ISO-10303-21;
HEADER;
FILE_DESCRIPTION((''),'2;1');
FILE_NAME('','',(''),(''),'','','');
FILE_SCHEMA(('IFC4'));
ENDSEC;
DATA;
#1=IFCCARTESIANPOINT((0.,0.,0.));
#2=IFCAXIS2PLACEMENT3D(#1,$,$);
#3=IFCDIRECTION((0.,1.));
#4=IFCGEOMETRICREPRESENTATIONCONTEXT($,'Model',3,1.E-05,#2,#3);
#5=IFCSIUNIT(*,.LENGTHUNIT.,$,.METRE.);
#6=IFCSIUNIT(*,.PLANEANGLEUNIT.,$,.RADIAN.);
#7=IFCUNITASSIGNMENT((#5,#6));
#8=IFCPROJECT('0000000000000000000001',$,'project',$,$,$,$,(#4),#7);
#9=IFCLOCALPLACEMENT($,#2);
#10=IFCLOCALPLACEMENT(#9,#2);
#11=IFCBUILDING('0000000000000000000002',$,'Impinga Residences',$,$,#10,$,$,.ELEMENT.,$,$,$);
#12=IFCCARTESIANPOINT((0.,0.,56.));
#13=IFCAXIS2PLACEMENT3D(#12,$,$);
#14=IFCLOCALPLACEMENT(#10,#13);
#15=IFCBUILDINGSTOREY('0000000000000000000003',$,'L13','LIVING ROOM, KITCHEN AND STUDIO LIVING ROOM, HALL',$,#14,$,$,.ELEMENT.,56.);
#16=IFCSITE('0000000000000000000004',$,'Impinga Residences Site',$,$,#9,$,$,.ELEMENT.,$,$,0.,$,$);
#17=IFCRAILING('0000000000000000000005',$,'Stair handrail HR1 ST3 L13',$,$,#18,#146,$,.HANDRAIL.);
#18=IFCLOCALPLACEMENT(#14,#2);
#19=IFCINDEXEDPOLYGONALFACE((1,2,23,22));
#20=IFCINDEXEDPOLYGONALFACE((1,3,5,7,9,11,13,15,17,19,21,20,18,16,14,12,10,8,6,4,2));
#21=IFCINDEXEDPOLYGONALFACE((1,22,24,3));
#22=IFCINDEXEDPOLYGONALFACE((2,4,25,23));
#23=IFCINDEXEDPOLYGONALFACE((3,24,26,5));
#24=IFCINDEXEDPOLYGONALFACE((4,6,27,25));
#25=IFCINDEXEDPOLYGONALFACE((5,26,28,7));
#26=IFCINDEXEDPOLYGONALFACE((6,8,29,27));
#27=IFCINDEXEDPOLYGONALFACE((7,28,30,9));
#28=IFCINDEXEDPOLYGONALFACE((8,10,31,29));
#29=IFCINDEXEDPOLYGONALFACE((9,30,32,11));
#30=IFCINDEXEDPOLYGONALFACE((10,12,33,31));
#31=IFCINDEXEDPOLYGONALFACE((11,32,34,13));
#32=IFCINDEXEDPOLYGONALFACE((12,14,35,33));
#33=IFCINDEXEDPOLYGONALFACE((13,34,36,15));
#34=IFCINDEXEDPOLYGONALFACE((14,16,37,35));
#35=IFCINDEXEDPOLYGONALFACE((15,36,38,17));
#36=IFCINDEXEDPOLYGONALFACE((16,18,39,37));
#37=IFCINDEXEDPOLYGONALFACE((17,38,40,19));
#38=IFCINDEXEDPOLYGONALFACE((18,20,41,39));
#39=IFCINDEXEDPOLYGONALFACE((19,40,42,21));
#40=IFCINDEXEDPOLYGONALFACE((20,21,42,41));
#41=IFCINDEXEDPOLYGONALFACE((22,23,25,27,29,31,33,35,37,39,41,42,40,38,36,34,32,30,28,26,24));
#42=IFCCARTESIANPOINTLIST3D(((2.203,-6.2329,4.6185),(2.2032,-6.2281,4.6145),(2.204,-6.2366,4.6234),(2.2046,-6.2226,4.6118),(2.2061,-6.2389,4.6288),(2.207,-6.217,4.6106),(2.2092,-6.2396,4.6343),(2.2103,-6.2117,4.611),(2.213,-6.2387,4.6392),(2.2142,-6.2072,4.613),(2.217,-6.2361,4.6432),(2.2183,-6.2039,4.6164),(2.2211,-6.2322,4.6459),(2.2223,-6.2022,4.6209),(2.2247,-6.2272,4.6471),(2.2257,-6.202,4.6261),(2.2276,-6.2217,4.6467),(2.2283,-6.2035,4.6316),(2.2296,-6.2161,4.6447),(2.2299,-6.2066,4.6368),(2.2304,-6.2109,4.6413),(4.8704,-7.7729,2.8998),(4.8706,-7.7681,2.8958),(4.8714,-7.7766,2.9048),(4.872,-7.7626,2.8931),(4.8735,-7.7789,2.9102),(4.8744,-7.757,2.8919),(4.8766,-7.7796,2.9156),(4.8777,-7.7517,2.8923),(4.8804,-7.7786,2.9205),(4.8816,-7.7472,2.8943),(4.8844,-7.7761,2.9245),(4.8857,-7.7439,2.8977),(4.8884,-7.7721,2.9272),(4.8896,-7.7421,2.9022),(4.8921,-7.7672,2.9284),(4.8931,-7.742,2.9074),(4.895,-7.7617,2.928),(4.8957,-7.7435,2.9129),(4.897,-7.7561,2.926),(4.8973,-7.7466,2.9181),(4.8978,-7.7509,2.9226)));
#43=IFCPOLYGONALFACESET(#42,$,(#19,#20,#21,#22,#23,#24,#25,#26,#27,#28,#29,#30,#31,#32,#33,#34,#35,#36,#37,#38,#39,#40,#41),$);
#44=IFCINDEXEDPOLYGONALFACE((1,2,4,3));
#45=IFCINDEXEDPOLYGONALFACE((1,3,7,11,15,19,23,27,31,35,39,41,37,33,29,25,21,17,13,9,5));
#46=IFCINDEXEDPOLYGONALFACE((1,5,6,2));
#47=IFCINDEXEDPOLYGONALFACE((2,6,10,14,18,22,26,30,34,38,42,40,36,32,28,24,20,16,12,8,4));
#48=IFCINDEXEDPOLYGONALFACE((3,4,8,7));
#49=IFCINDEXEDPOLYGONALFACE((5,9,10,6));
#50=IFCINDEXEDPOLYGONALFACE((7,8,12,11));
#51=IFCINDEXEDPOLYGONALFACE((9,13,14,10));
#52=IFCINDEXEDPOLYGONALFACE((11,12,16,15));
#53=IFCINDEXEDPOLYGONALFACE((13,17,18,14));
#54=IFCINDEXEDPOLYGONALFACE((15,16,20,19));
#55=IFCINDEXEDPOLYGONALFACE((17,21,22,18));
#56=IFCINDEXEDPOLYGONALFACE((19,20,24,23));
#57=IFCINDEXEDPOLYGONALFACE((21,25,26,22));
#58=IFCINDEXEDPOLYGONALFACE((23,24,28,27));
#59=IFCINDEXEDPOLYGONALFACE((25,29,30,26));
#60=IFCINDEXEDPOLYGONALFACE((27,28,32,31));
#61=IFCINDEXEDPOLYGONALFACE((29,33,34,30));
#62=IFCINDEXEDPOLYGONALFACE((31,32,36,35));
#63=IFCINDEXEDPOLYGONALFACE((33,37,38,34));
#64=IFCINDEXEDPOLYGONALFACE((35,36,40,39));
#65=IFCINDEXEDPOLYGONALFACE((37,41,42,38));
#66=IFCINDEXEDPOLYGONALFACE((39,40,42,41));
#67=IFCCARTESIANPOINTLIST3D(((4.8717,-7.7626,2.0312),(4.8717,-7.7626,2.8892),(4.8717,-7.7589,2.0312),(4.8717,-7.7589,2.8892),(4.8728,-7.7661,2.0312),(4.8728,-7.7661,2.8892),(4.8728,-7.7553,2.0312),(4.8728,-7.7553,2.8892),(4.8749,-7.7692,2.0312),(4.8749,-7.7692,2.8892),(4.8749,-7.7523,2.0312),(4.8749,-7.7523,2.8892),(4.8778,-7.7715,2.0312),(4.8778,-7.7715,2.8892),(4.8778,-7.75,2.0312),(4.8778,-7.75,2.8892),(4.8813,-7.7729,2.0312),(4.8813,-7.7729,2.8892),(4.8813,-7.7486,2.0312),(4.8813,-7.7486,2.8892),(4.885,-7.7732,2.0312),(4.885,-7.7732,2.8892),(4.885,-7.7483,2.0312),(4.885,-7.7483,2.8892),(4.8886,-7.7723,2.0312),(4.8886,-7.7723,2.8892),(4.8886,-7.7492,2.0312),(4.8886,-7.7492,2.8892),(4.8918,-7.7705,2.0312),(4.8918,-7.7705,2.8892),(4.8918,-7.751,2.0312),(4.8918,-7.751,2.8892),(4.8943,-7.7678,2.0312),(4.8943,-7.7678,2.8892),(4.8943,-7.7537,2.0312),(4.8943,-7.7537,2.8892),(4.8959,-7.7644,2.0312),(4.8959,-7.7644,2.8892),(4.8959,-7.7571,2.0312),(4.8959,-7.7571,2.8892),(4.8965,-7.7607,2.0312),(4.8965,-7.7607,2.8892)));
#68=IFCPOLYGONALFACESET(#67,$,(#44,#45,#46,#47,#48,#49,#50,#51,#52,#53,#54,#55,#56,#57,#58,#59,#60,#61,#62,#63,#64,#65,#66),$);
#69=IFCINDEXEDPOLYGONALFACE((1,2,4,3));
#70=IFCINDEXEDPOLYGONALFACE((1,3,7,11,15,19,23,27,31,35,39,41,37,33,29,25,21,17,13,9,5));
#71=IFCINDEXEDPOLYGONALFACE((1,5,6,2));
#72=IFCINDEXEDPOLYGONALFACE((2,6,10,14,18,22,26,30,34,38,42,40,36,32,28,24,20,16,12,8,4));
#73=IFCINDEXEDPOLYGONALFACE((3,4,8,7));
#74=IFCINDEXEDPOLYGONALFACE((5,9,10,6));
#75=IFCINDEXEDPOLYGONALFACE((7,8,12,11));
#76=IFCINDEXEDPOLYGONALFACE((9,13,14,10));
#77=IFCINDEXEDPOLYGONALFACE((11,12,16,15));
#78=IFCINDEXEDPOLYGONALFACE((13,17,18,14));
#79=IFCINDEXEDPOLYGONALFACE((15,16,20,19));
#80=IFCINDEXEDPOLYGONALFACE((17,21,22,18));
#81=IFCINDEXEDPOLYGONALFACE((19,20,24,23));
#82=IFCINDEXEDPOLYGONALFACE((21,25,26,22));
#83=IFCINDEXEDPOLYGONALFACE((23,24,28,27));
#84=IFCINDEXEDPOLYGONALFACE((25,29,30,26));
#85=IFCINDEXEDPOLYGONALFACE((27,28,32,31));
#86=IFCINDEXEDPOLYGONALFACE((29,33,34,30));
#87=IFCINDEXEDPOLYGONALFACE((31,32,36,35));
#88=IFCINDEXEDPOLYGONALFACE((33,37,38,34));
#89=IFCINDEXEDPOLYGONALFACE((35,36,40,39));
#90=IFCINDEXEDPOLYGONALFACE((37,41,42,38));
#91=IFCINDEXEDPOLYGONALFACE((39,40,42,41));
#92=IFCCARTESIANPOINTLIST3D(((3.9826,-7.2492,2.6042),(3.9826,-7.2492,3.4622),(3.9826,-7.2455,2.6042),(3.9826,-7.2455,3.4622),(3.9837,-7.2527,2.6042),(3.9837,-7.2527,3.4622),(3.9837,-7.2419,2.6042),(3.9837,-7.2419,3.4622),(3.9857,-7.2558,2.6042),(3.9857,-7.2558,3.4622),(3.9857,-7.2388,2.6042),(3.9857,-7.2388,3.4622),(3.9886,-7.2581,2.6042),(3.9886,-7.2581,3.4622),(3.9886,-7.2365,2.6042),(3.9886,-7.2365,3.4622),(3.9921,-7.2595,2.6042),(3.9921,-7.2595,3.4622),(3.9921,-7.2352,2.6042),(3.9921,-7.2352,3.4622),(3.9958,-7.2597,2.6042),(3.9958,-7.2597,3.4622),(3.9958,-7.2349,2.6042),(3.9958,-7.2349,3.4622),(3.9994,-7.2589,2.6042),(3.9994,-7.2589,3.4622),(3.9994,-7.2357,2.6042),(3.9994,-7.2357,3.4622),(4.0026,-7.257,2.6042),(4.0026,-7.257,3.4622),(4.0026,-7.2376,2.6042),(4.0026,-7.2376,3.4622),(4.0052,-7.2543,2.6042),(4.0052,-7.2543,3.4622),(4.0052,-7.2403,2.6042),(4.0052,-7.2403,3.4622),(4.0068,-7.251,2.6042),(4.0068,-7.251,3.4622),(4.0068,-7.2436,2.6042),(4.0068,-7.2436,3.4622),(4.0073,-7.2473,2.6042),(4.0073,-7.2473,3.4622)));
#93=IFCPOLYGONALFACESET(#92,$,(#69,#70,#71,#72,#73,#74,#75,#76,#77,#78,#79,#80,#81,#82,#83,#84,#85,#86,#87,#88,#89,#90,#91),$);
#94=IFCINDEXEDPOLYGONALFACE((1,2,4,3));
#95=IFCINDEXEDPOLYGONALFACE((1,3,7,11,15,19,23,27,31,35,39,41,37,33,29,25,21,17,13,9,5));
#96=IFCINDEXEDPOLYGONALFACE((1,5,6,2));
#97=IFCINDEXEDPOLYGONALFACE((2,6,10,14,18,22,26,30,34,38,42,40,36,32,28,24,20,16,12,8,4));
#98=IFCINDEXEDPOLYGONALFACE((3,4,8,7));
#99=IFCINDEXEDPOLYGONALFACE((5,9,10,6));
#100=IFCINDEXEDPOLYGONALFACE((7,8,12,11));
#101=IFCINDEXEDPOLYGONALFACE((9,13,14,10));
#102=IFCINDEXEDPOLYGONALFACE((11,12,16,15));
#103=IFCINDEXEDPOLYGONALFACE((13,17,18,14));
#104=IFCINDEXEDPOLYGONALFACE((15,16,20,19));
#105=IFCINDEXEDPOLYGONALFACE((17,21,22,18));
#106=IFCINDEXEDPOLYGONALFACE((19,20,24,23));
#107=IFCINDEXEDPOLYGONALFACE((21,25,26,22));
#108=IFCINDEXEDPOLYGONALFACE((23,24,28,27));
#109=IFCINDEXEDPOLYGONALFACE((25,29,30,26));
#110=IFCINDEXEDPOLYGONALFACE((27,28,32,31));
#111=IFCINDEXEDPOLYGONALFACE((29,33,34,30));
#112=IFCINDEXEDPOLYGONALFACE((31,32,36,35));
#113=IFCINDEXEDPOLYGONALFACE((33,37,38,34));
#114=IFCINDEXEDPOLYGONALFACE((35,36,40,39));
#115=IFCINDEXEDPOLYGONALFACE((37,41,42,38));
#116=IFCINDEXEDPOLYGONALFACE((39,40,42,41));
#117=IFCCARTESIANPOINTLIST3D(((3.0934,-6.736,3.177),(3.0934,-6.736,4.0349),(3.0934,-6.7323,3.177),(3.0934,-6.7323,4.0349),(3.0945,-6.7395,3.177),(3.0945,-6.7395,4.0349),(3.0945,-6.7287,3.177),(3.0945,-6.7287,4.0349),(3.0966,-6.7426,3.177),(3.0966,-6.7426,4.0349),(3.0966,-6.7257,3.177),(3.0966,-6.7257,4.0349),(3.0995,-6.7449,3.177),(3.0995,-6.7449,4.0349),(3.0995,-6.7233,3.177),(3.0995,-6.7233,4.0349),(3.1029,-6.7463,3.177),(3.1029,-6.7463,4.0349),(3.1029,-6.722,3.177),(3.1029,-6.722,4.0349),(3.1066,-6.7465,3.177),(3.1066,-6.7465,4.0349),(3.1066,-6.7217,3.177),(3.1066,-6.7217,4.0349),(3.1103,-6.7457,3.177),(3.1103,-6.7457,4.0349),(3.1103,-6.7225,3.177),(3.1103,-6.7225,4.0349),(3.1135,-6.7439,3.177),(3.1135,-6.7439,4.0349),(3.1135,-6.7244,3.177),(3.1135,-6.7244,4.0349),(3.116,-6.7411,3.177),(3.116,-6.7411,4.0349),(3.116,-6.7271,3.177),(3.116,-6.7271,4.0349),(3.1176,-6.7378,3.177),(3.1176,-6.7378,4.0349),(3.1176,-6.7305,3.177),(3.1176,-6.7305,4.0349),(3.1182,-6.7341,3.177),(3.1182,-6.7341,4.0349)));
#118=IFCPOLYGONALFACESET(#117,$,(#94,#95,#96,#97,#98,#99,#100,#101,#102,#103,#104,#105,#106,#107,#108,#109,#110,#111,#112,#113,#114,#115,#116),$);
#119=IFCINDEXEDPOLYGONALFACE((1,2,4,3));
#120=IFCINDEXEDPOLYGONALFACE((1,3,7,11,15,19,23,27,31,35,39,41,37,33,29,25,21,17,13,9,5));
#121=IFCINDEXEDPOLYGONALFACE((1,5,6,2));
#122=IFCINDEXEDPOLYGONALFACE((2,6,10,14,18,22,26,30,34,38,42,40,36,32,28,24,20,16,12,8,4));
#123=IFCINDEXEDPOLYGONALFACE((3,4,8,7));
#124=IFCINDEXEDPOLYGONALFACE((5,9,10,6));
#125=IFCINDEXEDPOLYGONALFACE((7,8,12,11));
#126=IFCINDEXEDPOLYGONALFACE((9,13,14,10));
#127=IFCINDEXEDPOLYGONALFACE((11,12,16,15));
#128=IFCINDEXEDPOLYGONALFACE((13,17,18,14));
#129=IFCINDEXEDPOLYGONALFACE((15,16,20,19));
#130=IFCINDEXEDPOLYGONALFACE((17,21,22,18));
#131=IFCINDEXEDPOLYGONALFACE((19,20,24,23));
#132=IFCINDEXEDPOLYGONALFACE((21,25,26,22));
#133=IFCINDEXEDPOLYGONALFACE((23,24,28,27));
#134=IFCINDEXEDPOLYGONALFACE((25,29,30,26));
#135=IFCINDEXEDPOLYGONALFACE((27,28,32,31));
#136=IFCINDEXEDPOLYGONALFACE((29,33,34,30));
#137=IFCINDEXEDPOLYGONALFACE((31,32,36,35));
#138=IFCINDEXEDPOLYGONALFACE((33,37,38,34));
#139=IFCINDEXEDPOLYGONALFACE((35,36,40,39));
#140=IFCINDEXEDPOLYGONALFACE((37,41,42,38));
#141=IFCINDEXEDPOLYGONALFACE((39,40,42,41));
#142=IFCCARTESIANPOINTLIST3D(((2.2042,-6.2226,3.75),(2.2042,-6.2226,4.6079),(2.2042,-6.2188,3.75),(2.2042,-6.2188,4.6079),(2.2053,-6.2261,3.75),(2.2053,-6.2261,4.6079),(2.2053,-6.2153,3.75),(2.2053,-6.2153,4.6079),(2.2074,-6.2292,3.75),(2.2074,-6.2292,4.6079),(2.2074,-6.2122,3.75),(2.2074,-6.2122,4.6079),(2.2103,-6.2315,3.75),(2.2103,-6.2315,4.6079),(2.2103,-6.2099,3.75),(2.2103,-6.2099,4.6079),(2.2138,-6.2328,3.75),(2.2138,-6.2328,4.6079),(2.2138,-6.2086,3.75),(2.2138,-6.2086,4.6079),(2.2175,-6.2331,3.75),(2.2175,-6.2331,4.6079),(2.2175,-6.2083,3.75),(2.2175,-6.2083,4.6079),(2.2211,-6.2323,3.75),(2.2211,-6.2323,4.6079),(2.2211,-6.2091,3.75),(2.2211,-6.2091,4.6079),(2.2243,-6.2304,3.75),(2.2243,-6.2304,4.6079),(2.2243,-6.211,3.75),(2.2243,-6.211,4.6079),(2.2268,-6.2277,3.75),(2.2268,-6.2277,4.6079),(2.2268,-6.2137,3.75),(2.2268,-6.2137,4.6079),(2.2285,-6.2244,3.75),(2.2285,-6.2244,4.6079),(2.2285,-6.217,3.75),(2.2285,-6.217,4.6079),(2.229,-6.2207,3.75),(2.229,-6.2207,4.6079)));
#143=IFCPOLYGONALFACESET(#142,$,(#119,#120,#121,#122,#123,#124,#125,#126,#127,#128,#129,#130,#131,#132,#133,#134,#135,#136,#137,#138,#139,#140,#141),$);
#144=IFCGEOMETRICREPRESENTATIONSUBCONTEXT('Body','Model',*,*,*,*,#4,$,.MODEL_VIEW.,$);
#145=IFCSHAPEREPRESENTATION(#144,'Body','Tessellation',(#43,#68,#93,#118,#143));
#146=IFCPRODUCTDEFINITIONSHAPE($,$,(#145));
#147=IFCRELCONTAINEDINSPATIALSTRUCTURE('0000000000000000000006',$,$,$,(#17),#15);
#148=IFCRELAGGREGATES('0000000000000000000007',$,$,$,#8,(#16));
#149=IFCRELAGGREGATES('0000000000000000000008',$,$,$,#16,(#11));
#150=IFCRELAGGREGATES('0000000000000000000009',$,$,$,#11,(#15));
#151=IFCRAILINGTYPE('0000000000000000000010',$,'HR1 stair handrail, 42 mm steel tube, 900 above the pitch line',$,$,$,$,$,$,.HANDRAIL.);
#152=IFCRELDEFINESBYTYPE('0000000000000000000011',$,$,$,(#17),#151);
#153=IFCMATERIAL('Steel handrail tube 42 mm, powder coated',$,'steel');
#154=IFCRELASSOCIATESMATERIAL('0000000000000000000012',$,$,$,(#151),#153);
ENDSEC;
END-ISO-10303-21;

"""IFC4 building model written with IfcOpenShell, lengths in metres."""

from ifc_helpers import new_model, si_unit, direction, frame, origin, origin_2d, place, context, subcontext, project, spatial, circle, extrude, material, type_object, element, save


model = new_model("IFC4")

# Units and contexts
model_context = context("Model", 3, precision=1e-05, world=origin(), true_north=direction((0.0, 1.0)))
body_context = subcontext(model_context, "Body", "Model", "MODEL_VIEW")
ifc_project = project(units=[si_unit("LENGTHUNIT", "METRE"), si_unit("PLANEANGLEUNIT", "RADIAN")], contexts=[model_context])

# Site, building, storey
site_placement = place(None, origin())
site = spatial("IfcSite", under=ifc_project, at=site_placement, Name="Impinga Residences Site", CompositionType="ELEMENT", RefElevation=0.0)
building_placement = place(site_placement, origin())
building = spatial("IfcBuilding", under=site, at=building_placement, Name="Impinga Residences", CompositionType="ELEMENT")
storey_placement = place(building_placement, frame((0.0, 0.0, 56.0)))
storey = spatial("IfcBuildingStorey", under=building, at=storey_placement, Name="L13", Description="LIVING ROOM, KITCHEN AND STUDIO LIVING ROOM, HALL", CompositionType="ELEMENT", Elevation=56.0)

# Railing
ifc_material_1 = material(Name="Steel handrail tube 42 mm, powder coated", Category="steel")
railing_type_1 = type_object("IfcRailingType", Name="HR1 stair handrail, 42 mm steel tube, 900 above the pitch line", PredefinedType="HANDRAIL", material=ifc_material_1)
railing_1_placement = place(storey_placement, frame((4.884, -7.7607, 2.0312)))
element("IfcRailing", 1, at=railing_1_placement, inside=storey, type_object=railing_type_1, Name="Stair handrail HR1 ST3 L13", PredefinedType="HANDRAIL", context=body_context, shape_type="SweptSolid", body=[
    extrude(circle(Radius=0.021, at=origin_2d()), frame((0.0, 0.0, 0.8789), z_axis=(-0.756256, 0.436616, 0.487282), x_axis=(-0.499992, -0.86603, 0.0)), (0.0, 0.0, 1.0), 3.5271),
    extrude(circle(Radius=0.0125, at=origin_2d()), origin(), (0.0, 0.0, 1.0), 0.8579),
    extrude(circle(Radius=0.0125, at=origin_2d()), frame((-0.8892, 0.5134, 0.573)), (0.0, 0.0, 1.0), 0.8579),
    extrude(circle(Radius=0.0125, at=origin_2d()), frame((-1.7783, 1.0266, 1.1458)), (0.0, 0.0, 1.0), 0.8579),
    extrude(circle(Radius=0.0125, at=origin_2d()), frame((-2.6675, 1.54, 1.7188)), (0.0, 0.0, 1.0), 0.8579),
])

save(model, "model.ifc")
